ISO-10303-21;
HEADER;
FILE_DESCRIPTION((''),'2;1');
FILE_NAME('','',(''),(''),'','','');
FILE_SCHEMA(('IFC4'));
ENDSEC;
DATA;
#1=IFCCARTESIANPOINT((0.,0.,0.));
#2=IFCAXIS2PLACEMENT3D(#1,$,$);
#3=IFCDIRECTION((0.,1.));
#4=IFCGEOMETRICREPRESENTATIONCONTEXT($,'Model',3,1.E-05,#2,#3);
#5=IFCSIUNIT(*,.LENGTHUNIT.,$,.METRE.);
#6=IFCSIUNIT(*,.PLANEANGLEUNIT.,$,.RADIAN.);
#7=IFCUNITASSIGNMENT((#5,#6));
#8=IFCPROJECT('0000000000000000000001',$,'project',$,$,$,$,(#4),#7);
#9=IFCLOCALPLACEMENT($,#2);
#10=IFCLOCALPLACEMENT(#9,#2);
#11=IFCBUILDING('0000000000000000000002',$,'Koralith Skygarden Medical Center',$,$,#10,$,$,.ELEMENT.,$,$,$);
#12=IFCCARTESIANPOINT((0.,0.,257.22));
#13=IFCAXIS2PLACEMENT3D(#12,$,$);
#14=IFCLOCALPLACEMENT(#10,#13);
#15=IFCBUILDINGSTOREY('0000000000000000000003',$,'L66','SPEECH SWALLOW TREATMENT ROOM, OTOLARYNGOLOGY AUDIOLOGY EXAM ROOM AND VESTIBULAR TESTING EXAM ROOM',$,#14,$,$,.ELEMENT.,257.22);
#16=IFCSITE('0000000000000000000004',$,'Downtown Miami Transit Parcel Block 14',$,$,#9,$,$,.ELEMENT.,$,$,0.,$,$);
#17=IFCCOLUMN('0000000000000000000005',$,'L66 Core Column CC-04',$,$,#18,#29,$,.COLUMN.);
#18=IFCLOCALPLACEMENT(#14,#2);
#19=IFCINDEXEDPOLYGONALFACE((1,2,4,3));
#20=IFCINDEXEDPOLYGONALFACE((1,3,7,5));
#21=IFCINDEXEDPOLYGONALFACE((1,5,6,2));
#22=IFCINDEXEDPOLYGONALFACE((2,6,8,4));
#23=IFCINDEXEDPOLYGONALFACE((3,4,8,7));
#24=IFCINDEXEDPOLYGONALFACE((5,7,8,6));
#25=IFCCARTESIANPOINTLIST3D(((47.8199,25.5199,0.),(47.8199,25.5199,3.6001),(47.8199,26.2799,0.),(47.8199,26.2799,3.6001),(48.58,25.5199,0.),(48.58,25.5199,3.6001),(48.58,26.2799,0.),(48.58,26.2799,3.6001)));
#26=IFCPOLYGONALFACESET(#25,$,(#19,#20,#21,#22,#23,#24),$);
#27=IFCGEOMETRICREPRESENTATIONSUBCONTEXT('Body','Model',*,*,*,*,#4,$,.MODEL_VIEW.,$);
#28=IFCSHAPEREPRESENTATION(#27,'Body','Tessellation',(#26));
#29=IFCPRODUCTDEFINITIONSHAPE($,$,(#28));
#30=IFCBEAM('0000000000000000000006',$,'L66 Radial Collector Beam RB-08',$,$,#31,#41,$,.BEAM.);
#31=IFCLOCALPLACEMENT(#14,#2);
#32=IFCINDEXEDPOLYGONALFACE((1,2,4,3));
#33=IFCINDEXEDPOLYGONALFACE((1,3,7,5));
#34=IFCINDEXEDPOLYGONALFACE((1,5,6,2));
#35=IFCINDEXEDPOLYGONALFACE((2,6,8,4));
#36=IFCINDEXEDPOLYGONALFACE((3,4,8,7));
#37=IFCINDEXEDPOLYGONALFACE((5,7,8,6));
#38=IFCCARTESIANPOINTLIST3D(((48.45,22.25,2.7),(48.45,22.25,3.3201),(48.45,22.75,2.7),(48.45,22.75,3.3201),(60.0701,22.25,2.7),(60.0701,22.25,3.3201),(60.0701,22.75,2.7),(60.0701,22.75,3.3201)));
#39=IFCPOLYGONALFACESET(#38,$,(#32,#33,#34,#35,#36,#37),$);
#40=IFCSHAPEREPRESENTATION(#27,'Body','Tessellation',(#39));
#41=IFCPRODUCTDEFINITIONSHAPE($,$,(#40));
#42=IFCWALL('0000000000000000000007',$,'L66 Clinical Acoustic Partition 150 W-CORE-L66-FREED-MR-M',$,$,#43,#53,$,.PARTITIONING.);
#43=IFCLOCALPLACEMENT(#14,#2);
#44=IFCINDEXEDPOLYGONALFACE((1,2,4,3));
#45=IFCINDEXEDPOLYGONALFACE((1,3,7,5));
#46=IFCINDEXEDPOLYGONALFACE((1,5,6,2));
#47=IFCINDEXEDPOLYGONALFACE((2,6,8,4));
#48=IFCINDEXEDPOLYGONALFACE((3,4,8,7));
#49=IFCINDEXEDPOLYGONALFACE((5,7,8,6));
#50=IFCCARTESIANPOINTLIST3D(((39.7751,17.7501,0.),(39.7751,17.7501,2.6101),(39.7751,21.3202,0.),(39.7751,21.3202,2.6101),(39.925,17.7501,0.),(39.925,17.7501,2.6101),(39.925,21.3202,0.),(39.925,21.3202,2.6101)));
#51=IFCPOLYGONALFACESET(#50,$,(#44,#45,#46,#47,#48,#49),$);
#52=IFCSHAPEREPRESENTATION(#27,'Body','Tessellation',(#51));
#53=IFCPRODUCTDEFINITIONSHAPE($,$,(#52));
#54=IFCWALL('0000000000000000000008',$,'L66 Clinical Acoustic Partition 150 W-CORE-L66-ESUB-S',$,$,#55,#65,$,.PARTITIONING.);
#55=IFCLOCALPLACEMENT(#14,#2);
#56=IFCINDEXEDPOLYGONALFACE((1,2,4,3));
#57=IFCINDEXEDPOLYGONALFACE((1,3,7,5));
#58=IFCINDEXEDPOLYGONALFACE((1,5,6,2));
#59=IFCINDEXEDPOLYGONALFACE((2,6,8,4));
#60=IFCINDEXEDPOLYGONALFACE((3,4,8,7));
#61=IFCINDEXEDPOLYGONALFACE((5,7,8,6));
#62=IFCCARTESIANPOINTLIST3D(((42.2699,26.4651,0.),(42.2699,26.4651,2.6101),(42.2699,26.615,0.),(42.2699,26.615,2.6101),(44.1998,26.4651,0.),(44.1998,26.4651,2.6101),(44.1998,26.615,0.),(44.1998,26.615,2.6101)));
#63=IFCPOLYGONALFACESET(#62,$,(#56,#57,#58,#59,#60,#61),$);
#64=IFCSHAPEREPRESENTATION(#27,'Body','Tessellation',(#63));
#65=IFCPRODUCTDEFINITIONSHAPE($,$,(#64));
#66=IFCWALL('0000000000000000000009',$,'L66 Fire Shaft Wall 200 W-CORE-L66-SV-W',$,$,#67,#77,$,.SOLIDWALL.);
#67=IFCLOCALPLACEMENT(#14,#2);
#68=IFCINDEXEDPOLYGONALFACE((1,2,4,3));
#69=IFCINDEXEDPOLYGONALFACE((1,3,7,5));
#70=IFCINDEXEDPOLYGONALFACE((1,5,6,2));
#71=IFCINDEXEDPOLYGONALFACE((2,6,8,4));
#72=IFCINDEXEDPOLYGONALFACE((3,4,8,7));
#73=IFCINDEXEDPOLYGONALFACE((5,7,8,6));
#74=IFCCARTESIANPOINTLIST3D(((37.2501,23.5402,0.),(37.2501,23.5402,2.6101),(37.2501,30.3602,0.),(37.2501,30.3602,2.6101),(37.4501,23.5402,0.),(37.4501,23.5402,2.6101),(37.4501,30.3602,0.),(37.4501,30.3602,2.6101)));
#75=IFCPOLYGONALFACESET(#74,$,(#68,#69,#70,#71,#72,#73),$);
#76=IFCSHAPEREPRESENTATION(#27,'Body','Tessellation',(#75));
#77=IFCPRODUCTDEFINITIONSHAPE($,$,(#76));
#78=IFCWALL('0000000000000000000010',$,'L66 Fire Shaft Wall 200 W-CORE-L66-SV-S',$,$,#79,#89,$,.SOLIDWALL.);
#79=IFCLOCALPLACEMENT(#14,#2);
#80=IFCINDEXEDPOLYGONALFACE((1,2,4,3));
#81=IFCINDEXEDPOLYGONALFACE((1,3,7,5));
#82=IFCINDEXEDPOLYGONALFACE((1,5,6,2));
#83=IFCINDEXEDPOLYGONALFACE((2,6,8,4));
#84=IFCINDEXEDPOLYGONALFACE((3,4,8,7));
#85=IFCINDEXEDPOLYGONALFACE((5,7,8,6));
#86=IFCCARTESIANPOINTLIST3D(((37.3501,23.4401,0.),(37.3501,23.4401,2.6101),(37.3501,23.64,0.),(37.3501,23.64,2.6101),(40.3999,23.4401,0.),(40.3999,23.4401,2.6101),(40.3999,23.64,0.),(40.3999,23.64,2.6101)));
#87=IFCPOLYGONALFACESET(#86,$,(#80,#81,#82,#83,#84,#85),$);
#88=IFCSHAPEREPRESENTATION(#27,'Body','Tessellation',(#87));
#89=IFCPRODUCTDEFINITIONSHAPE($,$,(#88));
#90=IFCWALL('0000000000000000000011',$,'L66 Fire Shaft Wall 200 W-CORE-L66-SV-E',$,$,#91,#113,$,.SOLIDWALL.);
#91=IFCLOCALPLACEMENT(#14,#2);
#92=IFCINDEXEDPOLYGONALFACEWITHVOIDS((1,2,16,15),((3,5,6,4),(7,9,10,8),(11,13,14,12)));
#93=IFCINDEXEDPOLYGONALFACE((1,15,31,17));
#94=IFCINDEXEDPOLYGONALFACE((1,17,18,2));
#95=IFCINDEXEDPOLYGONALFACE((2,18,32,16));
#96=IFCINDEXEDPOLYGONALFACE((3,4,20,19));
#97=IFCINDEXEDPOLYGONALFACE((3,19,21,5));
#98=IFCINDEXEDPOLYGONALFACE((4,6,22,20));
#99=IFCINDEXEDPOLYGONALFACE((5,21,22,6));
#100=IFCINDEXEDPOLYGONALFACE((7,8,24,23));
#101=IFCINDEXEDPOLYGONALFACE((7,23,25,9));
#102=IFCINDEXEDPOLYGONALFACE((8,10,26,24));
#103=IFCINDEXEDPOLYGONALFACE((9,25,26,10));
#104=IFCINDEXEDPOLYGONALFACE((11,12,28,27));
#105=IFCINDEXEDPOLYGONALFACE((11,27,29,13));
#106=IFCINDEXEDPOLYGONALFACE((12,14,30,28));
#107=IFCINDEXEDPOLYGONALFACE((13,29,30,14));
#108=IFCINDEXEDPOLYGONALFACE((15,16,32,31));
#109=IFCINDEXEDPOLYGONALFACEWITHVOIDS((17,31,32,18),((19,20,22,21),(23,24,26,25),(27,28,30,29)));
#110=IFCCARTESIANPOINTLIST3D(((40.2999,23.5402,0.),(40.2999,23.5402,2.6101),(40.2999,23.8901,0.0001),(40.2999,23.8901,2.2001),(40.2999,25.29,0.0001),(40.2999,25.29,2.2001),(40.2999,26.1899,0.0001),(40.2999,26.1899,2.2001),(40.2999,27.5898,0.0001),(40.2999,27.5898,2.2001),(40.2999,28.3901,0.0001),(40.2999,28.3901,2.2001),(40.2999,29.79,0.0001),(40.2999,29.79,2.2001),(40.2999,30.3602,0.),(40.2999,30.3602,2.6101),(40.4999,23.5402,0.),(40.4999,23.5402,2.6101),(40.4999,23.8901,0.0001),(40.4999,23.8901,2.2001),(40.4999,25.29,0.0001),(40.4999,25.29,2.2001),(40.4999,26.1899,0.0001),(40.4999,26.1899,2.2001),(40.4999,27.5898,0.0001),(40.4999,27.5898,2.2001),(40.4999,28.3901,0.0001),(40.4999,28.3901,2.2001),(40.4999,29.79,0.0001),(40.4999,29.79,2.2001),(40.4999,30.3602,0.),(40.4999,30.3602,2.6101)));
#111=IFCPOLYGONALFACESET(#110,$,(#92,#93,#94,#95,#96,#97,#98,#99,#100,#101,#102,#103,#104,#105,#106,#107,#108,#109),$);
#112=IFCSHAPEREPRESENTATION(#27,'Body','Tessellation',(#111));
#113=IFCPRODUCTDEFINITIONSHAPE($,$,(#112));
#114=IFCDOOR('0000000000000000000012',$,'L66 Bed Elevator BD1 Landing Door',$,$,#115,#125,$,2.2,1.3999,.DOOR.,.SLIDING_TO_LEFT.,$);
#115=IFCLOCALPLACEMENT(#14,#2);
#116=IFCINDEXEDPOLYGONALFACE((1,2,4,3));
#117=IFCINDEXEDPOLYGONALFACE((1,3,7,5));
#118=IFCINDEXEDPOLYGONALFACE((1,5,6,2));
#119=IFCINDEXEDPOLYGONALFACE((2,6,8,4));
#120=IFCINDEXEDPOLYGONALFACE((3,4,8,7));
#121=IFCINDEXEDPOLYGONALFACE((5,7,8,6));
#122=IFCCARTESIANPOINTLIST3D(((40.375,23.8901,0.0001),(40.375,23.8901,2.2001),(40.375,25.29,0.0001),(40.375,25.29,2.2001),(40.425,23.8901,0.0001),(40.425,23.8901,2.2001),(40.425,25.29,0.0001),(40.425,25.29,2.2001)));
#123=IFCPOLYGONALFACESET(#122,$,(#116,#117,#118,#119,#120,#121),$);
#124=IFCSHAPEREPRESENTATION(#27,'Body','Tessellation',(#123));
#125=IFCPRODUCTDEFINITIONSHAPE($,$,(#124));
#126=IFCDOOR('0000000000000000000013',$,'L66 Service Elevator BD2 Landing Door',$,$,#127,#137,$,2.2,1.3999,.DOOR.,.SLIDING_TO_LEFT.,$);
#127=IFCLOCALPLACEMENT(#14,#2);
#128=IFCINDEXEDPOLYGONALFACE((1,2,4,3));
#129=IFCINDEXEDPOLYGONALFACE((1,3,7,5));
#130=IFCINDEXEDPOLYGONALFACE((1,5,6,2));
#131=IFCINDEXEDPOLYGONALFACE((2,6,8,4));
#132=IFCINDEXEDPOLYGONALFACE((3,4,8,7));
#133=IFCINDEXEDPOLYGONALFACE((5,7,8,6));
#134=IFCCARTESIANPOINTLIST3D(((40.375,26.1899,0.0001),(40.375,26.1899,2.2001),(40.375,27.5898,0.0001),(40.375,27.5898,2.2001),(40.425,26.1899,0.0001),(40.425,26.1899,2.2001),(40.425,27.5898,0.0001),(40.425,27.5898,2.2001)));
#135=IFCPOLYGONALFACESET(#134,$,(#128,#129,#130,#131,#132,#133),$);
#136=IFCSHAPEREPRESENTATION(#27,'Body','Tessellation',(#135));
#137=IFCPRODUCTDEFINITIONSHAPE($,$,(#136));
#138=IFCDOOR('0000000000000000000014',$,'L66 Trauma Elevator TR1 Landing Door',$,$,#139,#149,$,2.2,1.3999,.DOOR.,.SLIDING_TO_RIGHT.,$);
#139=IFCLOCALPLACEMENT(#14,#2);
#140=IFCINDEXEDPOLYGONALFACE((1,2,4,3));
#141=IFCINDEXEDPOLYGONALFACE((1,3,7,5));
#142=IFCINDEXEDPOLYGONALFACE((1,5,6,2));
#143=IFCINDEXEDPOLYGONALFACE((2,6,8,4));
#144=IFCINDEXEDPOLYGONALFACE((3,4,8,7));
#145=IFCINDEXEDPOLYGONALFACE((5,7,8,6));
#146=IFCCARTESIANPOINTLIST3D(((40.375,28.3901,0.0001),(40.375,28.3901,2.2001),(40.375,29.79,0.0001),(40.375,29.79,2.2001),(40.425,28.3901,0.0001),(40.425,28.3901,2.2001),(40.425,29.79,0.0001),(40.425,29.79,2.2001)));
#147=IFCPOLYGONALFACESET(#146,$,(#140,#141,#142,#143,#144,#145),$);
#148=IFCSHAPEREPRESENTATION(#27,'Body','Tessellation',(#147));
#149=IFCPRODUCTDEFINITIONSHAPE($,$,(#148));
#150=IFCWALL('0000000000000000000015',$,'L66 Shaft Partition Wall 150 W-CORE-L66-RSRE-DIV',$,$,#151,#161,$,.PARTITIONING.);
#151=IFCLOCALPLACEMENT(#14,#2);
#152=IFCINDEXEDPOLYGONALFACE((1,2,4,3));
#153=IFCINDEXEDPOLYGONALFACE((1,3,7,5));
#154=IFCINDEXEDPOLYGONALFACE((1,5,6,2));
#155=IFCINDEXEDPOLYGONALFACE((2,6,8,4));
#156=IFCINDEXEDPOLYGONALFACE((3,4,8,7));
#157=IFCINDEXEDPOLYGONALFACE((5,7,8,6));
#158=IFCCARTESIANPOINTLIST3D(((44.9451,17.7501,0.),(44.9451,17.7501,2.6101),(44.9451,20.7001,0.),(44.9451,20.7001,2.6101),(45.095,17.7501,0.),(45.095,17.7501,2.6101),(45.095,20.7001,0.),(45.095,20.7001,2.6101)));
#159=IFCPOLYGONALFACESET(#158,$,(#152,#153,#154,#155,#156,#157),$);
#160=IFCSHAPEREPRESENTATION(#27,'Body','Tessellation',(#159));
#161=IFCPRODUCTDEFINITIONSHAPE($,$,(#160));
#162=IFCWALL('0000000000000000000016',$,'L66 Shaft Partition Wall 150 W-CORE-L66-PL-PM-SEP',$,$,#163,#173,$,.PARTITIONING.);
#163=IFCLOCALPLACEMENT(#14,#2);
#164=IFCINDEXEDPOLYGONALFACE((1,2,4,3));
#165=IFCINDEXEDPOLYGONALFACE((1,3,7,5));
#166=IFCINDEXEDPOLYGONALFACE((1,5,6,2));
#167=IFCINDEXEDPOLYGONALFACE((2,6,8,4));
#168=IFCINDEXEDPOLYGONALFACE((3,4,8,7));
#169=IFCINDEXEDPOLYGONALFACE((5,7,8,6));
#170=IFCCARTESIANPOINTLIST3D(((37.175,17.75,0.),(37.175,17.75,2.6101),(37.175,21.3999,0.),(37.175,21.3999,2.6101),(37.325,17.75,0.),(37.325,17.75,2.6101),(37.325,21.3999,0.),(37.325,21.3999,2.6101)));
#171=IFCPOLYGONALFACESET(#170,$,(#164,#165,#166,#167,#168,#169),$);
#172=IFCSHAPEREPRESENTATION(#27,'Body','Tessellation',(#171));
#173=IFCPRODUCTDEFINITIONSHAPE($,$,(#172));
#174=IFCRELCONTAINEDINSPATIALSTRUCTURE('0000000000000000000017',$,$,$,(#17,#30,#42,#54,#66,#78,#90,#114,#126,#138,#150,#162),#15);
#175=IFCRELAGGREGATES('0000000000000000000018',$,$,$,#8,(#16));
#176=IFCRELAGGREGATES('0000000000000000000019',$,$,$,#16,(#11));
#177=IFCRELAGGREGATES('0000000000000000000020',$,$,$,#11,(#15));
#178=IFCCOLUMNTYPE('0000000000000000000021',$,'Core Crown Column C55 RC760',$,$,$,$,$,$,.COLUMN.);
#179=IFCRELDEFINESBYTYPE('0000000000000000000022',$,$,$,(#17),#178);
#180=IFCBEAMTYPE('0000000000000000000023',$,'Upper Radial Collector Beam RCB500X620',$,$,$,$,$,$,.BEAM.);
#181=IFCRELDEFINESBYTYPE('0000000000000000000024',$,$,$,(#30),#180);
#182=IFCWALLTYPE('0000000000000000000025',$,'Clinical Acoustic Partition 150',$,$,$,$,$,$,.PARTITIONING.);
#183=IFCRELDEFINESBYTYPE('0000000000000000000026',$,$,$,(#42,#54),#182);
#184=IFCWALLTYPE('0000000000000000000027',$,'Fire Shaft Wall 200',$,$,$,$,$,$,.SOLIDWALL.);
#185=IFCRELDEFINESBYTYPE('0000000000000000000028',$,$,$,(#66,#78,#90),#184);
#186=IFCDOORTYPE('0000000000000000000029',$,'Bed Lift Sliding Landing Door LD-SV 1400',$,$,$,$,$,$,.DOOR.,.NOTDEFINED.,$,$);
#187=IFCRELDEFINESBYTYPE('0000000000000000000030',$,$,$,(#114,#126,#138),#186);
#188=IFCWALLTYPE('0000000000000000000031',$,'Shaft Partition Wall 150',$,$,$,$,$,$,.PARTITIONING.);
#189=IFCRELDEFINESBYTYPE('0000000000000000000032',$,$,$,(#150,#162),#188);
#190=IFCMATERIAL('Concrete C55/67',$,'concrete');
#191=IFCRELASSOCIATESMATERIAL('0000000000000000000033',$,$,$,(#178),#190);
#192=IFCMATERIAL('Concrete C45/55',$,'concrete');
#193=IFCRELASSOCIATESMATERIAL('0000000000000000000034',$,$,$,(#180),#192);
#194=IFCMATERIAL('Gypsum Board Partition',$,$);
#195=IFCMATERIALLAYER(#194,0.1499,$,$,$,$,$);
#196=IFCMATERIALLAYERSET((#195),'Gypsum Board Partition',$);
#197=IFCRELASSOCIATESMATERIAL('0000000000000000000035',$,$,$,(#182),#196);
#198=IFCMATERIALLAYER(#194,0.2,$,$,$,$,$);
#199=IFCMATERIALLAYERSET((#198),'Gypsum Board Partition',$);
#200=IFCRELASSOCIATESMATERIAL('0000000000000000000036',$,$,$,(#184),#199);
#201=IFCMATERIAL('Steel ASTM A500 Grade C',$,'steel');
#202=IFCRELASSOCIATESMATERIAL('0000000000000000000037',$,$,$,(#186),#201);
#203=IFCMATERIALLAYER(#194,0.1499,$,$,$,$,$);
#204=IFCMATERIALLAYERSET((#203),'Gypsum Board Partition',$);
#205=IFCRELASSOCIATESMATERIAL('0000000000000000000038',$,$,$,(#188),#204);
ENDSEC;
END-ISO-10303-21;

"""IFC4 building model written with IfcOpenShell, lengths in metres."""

from ifc_helpers import new_model, si_unit, direction, frame, frame_2d, origin, origin_2d, place, context, subcontext, project, spatial, rectangle, extrude, material, layer, layer_set, material_profile, profile_set, type_object, element, fill, save


model = new_model("IFC4")

# Units and contexts
model_context = context("Model", 3, precision=1e-05, world=origin(), true_north=direction((0.0, 1.0)))
body_context = subcontext(model_context, "Body", "Model", "MODEL_VIEW")
ifc_project = project(units=[si_unit("LENGTHUNIT", "METRE"), si_unit("PLANEANGLEUNIT", "RADIAN")], contexts=[model_context])

# Site, building, storey
site_placement = place(None, origin())
site = spatial("IfcSite", under=ifc_project, at=site_placement, Name="Downtown Miami Transit Parcel Block 14", CompositionType="ELEMENT", RefElevation=0.0)
building_placement = place(site_placement, origin())
building = spatial("IfcBuilding", under=site, at=building_placement, Name="Koralith Skygarden Medical Center", CompositionType="ELEMENT")
storey_placement = place(building_placement, frame((0.0, 0.0, 257.22)))
storey = spatial("IfcBuildingStorey", under=building, at=storey_placement, Name="L66", Description="SPEECH SWALLOW TREATMENT ROOM, OTOLARYNGOLOGY AUDIOLOGY EXAM ROOM AND VESTIBULAR TESTING EXAM ROOM", CompositionType="ELEMENT", Elevation=257.22)

# Column
ifc_material_1 = material(Name="Concrete C55/67", Category="concrete")
ifc_material_profile_1 = material_profile(ifc_material_1, rectangle(XDim=0.76, YDim=0.76, at=origin_2d()), Name="RC760X760")
ifc_profile_set_1 = profile_set([ifc_material_profile_1], Name="Concrete C55/67")
column_type = type_object("IfcColumnType", Name="Core Crown Column C55 RC760", PredefinedType="COLUMN", material=ifc_profile_set_1)
column_placement = place(storey_placement, frame((48.2, 25.8999, 0.0), z_axis=(0.0, 0.0, 1.0), x_axis=(1.0, 0.0, 0.0)))
element("IfcColumn", 1, at=column_placement, inside=storey, type_object=column_type, Name="L66 Core Column CC-04", PredefinedType="COLUMN", context=body_context, shape_type="SweptSolid", body=[
    extrude(rectangle(XDim=0.76, YDim=0.76, at=origin_2d()), origin(), (0.0, 0.0, 1.0), 3.6001),
])

# Beam
ifc_material_2 = material(Name="Concrete C45/55", Category="concrete")
ifc_material_profile_2 = material_profile(ifc_material_2, rectangle(XDim=0.5, YDim=0.6201, at=origin_2d()), Name="RCB500X620")
ifc_profile_set_2 = profile_set([ifc_material_profile_2], Name="Concrete C45/55")
beam_type = type_object("IfcBeamType", Name="Upper Radial Collector Beam RCB500X620", PredefinedType="BEAM", material=ifc_profile_set_2)
beam_placement = place(storey_placement, frame((48.45, 22.5, 3.01), z_axis=(1.0, 0.0, 0.0), x_axis=(0.0, 1.0, 0.0)))
element("IfcBeam", 2, at=beam_placement, inside=storey, type_object=beam_type, Name="L66 Radial Collector Beam RB-08", PredefinedType="BEAM", context=body_context, shape_type="SweptSolid", body=[
    extrude(rectangle(XDim=0.5, YDim=0.6201, at=origin_2d()), origin(), (0.0, 0.0, 1.0), 11.6201),
])

# Shared definitions
ifc_material_3 = material(Name="Gypsum Board Partition")
ifc_layer_1 = layer(ifc_material_3, 0.1499)
ifc_layer_set_1 = layer_set([ifc_layer_1], Name="Gypsum Board Partition")
wall_type_1 = type_object("IfcWallType", Name="Clinical Acoustic Partition 150", PredefinedType="PARTITIONING", material=ifc_layer_set_1)

# Wall
wall_1_placement = place(storey_placement, frame((39.8501, 17.75, 0.0), z_axis=(0.0, 0.0, 1.0), x_axis=(0.0, 1.0, 0.0)))
element("IfcWall", 3, at=wall_1_placement, inside=storey, type_object=wall_type_1, Name="L66 Clinical Acoustic Partition 150 W-CORE-L66-FREED-MR-M", PredefinedType="PARTITIONING", context=body_context, shape_type="SweptSolid", body=[
    extrude(rectangle(XDim=3.5701, YDim=0.1499, at=frame_2d((1.7852, 0.0))), origin(), (0.0, 0.0, 1.0), 2.6101),
])

# Wall
wall_2_placement = place(storey_placement, frame((42.27, 26.54, 0.0), z_axis=(0.0, 0.0, 1.0), x_axis=(1.0, 0.0, 0.0)))
element("IfcWall", 4, at=wall_2_placement, inside=storey, type_object=wall_type_1, Name="L66 Clinical Acoustic Partition 150 W-CORE-L66-ESUB-S", PredefinedType="PARTITIONING", context=body_context, shape_type="SweptSolid", body=[
    extrude(rectangle(XDim=1.9299, YDim=0.1499, at=frame_2d((0.9648, 0.0))), origin(), (0.0, 0.0, 1.0), 2.6101),
])

# Shared definitions
ifc_layer_2 = layer(ifc_material_3, 0.2)
ifc_layer_set_2 = layer_set([ifc_layer_2], Name="Gypsum Board Partition")
wall_type_2 = type_object("IfcWallType", Name="Fire Shaft Wall 200", PredefinedType="SOLIDWALL", material=ifc_layer_set_2)
ifc_material_4 = material(Name="Steel ASTM A500 Grade C", Category="steel")

# Walls
wall_3_placement = place(storey_placement, frame((37.3501, 23.54, 0.0), z_axis=(0.0, 0.0, 1.0), x_axis=(0.0, 1.0, 0.0)))
element("IfcWall", 5, at=wall_3_placement, inside=storey, type_object=wall_type_2, Name="L66 Fire Shaft Wall 200 W-CORE-L66-SV-W", PredefinedType="SOLIDWALL", context=body_context, shape_type="SweptSolid", body=[
    extrude(rectangle(XDim=6.8201, YDim=0.2, at=frame_2d((3.4102, 0.0))), origin(), (0.0, 0.0, 1.0), 2.6101),
])
wall_4_placement = place(storey_placement, frame((37.3501, 23.54, 0.0), z_axis=(0.0, 0.0, 1.0), x_axis=(1.0, 0.0, 0.0)))
element("IfcWall", 6, at=wall_4_placement, inside=storey, type_object=wall_type_2, Name="L66 Fire Shaft Wall 200 W-CORE-L66-SV-S", PredefinedType="SOLIDWALL", context=body_context, shape_type="SweptSolid", body=[
    extrude(rectangle(XDim=3.0498, YDim=0.2, at=frame_2d((1.5249, 0.0))), origin(), (0.0, 0.0, 1.0), 2.6101),
])

# Wall, openings, doors
wall_5_placement = place(storey_placement, frame((40.3999, 23.54, 0.0), z_axis=(0.0, 0.0, 1.0), x_axis=(0.0, 1.0, 0.0)))
wall_5 = element("IfcWall", 7, at=wall_5_placement, inside=storey, type_object=wall_type_2, Name="L66 Fire Shaft Wall 200 W-CORE-L66-SV-E", PredefinedType="SOLIDWALL", context=body_context, shape_type="SweptSolid", body=[
    extrude(rectangle(XDim=6.8201, YDim=0.2, at=frame_2d((3.4102, 0.0))), origin(), (0.0, 0.0, 1.0), 2.6101),
])
opening_1_placement = place(wall_5_placement, frame((0.3501, 0.0, 0.0)))
opening_1 = element("IfcOpeningElement", 8, at=opening_1_placement, cuts=wall_5, PredefinedType="OPENING", context=body_context, shape_type="SweptSolid", body=[
    extrude(rectangle(XDim=1.3999, YDim=2.2, at=frame_2d((0.7, 1.1001))), frame((0.0, 0.1099, 0.0), z_axis=(0.0, -1.0, 0.0), x_axis=(1.0, 0.0, 0.0)), (0.0, 0.0, 1.0), 0.22),
])
opening_2_placement = place(wall_5_placement, frame((2.6499, 0.0, 0.0)))
opening_2 = element("IfcOpeningElement", 9, at=opening_2_placement, cuts=wall_5, PredefinedType="OPENING", context=body_context, shape_type="SweptSolid", body=[
    extrude(rectangle(XDim=1.3999, YDim=2.2, at=frame_2d((0.7, 1.1001))), frame((0.0, 0.1099, 0.0), z_axis=(0.0, -1.0, 0.0), x_axis=(1.0, 0.0, 0.0)), (0.0, 0.0, 1.0), 0.22),
])
opening_3_placement = place(wall_5_placement, frame((4.8501, 0.0, 0.0)))
opening_3 = element("IfcOpeningElement", 10, at=opening_3_placement, cuts=wall_5, PredefinedType="OPENING", context=body_context, shape_type="SweptSolid", body=[
    extrude(rectangle(XDim=1.3999, YDim=2.2, at=frame_2d((0.7, 1.1001))), frame((0.0, 0.1099, 0.0), z_axis=(0.0, -1.0, 0.0), x_axis=(1.0, 0.0, 0.0)), (0.0, 0.0, 1.0), 0.22),
])
door_type_1 = type_object("IfcDoorType", Name="Bed Lift Sliding Landing Door LD-SV 1400", OperationType="NOTDEFINED", PredefinedType="DOOR", material=ifc_material_4)
door_1_placement = place(opening_1_placement, origin())
door_1 = element("IfcDoor", 11, at=door_1_placement, inside=storey, type_object=door_type_1, Name="L66 Bed Elevator BD1 Landing Door", OperationType="SLIDING_TO_LEFT", OverallHeight=2.2, OverallWidth=1.3999, PredefinedType="DOOR", context=body_context, shape_type="SweptSolid", body=[
    extrude(rectangle(XDim=1.3999, YDim=2.2, at=frame_2d((0.7, 1.1001))), frame((0.0, 0.0249, 0.0), z_axis=(0.0, -1.0, 0.0), x_axis=(1.0, 0.0, 0.0)), (0.0, 0.0, 1.0), 0.05),
])
fill(opening_1, door_1)
door_2_placement = place(opening_2_placement, origin())
door_2 = element("IfcDoor", 12, at=door_2_placement, inside=storey, type_object=door_type_1, Name="L66 Service Elevator BD2 Landing Door", OperationType="SLIDING_TO_LEFT", OverallHeight=2.2, OverallWidth=1.3999, PredefinedType="DOOR", context=body_context, shape_type="SweptSolid", body=[
    extrude(rectangle(XDim=1.3999, YDim=2.2, at=frame_2d((0.7, 1.1001))), frame((0.0, 0.0249, 0.0), z_axis=(0.0, -1.0, 0.0), x_axis=(1.0, 0.0, 0.0)), (0.0, 0.0, 1.0), 0.05),
])
fill(opening_2, door_2)
door_3_placement = place(opening_3_placement, origin())
door_3 = element("IfcDoor", 13, at=door_3_placement, inside=storey, type_object=door_type_1, Name="L66 Trauma Elevator TR1 Landing Door", OperationType="SLIDING_TO_RIGHT", OverallHeight=2.2, OverallWidth=1.3999, PredefinedType="DOOR", context=body_context, shape_type="SweptSolid", body=[
    extrude(rectangle(XDim=1.3999, YDim=2.2, at=frame_2d((0.7, 1.1001))), frame((0.0, 0.0249, 0.0), z_axis=(0.0, -1.0, 0.0), x_axis=(1.0, 0.0, 0.0)), (0.0, 0.0, 1.0), 0.05),
])
fill(opening_3, door_3)

# Walls
ifc_layer_3 = layer(ifc_material_3, 0.1499)
ifc_layer_set_3 = layer_set([ifc_layer_3], Name="Gypsum Board Partition")
wall_type_3 = type_object("IfcWallType", Name="Shaft Partition Wall 150", PredefinedType="PARTITIONING", material=ifc_layer_set_3)
wall_6_placement = place(storey_placement, frame((45.02, 17.75, 0.0), z_axis=(0.0, 0.0, 1.0), x_axis=(0.0, 1.0, 0.0)))
element("IfcWall", 14, at=wall_6_placement, inside=storey, type_object=wall_type_3, Name="L66 Shaft Partition Wall 150 W-CORE-L66-RSRE-DIV", PredefinedType="PARTITIONING", context=body_context, shape_type="SweptSolid", body=[
    extrude(rectangle(XDim=2.95, YDim=0.1499, at=frame_2d((1.4751, 0.0))), origin(), (0.0, 0.0, 1.0), 2.6101),
])
wall_7_placement = place(storey_placement, frame((37.25, 17.75, 0.0), z_axis=(0.0, 0.0, 1.0), x_axis=(0.0, 1.0, 0.0)))
element("IfcWall", 15, at=wall_7_placement, inside=storey, type_object=wall_type_3, Name="L66 Shaft Partition Wall 150 W-CORE-L66-PL-PM-SEP", PredefinedType="PARTITIONING", context=body_context, shape_type="SweptSolid", body=[
    extrude(rectangle(XDim=3.6499, YDim=0.1499, at=frame_2d((1.825, 0.0))), origin(), (0.0, 0.0, 1.0), 2.6101),
])

save(model, "model.ifc")
